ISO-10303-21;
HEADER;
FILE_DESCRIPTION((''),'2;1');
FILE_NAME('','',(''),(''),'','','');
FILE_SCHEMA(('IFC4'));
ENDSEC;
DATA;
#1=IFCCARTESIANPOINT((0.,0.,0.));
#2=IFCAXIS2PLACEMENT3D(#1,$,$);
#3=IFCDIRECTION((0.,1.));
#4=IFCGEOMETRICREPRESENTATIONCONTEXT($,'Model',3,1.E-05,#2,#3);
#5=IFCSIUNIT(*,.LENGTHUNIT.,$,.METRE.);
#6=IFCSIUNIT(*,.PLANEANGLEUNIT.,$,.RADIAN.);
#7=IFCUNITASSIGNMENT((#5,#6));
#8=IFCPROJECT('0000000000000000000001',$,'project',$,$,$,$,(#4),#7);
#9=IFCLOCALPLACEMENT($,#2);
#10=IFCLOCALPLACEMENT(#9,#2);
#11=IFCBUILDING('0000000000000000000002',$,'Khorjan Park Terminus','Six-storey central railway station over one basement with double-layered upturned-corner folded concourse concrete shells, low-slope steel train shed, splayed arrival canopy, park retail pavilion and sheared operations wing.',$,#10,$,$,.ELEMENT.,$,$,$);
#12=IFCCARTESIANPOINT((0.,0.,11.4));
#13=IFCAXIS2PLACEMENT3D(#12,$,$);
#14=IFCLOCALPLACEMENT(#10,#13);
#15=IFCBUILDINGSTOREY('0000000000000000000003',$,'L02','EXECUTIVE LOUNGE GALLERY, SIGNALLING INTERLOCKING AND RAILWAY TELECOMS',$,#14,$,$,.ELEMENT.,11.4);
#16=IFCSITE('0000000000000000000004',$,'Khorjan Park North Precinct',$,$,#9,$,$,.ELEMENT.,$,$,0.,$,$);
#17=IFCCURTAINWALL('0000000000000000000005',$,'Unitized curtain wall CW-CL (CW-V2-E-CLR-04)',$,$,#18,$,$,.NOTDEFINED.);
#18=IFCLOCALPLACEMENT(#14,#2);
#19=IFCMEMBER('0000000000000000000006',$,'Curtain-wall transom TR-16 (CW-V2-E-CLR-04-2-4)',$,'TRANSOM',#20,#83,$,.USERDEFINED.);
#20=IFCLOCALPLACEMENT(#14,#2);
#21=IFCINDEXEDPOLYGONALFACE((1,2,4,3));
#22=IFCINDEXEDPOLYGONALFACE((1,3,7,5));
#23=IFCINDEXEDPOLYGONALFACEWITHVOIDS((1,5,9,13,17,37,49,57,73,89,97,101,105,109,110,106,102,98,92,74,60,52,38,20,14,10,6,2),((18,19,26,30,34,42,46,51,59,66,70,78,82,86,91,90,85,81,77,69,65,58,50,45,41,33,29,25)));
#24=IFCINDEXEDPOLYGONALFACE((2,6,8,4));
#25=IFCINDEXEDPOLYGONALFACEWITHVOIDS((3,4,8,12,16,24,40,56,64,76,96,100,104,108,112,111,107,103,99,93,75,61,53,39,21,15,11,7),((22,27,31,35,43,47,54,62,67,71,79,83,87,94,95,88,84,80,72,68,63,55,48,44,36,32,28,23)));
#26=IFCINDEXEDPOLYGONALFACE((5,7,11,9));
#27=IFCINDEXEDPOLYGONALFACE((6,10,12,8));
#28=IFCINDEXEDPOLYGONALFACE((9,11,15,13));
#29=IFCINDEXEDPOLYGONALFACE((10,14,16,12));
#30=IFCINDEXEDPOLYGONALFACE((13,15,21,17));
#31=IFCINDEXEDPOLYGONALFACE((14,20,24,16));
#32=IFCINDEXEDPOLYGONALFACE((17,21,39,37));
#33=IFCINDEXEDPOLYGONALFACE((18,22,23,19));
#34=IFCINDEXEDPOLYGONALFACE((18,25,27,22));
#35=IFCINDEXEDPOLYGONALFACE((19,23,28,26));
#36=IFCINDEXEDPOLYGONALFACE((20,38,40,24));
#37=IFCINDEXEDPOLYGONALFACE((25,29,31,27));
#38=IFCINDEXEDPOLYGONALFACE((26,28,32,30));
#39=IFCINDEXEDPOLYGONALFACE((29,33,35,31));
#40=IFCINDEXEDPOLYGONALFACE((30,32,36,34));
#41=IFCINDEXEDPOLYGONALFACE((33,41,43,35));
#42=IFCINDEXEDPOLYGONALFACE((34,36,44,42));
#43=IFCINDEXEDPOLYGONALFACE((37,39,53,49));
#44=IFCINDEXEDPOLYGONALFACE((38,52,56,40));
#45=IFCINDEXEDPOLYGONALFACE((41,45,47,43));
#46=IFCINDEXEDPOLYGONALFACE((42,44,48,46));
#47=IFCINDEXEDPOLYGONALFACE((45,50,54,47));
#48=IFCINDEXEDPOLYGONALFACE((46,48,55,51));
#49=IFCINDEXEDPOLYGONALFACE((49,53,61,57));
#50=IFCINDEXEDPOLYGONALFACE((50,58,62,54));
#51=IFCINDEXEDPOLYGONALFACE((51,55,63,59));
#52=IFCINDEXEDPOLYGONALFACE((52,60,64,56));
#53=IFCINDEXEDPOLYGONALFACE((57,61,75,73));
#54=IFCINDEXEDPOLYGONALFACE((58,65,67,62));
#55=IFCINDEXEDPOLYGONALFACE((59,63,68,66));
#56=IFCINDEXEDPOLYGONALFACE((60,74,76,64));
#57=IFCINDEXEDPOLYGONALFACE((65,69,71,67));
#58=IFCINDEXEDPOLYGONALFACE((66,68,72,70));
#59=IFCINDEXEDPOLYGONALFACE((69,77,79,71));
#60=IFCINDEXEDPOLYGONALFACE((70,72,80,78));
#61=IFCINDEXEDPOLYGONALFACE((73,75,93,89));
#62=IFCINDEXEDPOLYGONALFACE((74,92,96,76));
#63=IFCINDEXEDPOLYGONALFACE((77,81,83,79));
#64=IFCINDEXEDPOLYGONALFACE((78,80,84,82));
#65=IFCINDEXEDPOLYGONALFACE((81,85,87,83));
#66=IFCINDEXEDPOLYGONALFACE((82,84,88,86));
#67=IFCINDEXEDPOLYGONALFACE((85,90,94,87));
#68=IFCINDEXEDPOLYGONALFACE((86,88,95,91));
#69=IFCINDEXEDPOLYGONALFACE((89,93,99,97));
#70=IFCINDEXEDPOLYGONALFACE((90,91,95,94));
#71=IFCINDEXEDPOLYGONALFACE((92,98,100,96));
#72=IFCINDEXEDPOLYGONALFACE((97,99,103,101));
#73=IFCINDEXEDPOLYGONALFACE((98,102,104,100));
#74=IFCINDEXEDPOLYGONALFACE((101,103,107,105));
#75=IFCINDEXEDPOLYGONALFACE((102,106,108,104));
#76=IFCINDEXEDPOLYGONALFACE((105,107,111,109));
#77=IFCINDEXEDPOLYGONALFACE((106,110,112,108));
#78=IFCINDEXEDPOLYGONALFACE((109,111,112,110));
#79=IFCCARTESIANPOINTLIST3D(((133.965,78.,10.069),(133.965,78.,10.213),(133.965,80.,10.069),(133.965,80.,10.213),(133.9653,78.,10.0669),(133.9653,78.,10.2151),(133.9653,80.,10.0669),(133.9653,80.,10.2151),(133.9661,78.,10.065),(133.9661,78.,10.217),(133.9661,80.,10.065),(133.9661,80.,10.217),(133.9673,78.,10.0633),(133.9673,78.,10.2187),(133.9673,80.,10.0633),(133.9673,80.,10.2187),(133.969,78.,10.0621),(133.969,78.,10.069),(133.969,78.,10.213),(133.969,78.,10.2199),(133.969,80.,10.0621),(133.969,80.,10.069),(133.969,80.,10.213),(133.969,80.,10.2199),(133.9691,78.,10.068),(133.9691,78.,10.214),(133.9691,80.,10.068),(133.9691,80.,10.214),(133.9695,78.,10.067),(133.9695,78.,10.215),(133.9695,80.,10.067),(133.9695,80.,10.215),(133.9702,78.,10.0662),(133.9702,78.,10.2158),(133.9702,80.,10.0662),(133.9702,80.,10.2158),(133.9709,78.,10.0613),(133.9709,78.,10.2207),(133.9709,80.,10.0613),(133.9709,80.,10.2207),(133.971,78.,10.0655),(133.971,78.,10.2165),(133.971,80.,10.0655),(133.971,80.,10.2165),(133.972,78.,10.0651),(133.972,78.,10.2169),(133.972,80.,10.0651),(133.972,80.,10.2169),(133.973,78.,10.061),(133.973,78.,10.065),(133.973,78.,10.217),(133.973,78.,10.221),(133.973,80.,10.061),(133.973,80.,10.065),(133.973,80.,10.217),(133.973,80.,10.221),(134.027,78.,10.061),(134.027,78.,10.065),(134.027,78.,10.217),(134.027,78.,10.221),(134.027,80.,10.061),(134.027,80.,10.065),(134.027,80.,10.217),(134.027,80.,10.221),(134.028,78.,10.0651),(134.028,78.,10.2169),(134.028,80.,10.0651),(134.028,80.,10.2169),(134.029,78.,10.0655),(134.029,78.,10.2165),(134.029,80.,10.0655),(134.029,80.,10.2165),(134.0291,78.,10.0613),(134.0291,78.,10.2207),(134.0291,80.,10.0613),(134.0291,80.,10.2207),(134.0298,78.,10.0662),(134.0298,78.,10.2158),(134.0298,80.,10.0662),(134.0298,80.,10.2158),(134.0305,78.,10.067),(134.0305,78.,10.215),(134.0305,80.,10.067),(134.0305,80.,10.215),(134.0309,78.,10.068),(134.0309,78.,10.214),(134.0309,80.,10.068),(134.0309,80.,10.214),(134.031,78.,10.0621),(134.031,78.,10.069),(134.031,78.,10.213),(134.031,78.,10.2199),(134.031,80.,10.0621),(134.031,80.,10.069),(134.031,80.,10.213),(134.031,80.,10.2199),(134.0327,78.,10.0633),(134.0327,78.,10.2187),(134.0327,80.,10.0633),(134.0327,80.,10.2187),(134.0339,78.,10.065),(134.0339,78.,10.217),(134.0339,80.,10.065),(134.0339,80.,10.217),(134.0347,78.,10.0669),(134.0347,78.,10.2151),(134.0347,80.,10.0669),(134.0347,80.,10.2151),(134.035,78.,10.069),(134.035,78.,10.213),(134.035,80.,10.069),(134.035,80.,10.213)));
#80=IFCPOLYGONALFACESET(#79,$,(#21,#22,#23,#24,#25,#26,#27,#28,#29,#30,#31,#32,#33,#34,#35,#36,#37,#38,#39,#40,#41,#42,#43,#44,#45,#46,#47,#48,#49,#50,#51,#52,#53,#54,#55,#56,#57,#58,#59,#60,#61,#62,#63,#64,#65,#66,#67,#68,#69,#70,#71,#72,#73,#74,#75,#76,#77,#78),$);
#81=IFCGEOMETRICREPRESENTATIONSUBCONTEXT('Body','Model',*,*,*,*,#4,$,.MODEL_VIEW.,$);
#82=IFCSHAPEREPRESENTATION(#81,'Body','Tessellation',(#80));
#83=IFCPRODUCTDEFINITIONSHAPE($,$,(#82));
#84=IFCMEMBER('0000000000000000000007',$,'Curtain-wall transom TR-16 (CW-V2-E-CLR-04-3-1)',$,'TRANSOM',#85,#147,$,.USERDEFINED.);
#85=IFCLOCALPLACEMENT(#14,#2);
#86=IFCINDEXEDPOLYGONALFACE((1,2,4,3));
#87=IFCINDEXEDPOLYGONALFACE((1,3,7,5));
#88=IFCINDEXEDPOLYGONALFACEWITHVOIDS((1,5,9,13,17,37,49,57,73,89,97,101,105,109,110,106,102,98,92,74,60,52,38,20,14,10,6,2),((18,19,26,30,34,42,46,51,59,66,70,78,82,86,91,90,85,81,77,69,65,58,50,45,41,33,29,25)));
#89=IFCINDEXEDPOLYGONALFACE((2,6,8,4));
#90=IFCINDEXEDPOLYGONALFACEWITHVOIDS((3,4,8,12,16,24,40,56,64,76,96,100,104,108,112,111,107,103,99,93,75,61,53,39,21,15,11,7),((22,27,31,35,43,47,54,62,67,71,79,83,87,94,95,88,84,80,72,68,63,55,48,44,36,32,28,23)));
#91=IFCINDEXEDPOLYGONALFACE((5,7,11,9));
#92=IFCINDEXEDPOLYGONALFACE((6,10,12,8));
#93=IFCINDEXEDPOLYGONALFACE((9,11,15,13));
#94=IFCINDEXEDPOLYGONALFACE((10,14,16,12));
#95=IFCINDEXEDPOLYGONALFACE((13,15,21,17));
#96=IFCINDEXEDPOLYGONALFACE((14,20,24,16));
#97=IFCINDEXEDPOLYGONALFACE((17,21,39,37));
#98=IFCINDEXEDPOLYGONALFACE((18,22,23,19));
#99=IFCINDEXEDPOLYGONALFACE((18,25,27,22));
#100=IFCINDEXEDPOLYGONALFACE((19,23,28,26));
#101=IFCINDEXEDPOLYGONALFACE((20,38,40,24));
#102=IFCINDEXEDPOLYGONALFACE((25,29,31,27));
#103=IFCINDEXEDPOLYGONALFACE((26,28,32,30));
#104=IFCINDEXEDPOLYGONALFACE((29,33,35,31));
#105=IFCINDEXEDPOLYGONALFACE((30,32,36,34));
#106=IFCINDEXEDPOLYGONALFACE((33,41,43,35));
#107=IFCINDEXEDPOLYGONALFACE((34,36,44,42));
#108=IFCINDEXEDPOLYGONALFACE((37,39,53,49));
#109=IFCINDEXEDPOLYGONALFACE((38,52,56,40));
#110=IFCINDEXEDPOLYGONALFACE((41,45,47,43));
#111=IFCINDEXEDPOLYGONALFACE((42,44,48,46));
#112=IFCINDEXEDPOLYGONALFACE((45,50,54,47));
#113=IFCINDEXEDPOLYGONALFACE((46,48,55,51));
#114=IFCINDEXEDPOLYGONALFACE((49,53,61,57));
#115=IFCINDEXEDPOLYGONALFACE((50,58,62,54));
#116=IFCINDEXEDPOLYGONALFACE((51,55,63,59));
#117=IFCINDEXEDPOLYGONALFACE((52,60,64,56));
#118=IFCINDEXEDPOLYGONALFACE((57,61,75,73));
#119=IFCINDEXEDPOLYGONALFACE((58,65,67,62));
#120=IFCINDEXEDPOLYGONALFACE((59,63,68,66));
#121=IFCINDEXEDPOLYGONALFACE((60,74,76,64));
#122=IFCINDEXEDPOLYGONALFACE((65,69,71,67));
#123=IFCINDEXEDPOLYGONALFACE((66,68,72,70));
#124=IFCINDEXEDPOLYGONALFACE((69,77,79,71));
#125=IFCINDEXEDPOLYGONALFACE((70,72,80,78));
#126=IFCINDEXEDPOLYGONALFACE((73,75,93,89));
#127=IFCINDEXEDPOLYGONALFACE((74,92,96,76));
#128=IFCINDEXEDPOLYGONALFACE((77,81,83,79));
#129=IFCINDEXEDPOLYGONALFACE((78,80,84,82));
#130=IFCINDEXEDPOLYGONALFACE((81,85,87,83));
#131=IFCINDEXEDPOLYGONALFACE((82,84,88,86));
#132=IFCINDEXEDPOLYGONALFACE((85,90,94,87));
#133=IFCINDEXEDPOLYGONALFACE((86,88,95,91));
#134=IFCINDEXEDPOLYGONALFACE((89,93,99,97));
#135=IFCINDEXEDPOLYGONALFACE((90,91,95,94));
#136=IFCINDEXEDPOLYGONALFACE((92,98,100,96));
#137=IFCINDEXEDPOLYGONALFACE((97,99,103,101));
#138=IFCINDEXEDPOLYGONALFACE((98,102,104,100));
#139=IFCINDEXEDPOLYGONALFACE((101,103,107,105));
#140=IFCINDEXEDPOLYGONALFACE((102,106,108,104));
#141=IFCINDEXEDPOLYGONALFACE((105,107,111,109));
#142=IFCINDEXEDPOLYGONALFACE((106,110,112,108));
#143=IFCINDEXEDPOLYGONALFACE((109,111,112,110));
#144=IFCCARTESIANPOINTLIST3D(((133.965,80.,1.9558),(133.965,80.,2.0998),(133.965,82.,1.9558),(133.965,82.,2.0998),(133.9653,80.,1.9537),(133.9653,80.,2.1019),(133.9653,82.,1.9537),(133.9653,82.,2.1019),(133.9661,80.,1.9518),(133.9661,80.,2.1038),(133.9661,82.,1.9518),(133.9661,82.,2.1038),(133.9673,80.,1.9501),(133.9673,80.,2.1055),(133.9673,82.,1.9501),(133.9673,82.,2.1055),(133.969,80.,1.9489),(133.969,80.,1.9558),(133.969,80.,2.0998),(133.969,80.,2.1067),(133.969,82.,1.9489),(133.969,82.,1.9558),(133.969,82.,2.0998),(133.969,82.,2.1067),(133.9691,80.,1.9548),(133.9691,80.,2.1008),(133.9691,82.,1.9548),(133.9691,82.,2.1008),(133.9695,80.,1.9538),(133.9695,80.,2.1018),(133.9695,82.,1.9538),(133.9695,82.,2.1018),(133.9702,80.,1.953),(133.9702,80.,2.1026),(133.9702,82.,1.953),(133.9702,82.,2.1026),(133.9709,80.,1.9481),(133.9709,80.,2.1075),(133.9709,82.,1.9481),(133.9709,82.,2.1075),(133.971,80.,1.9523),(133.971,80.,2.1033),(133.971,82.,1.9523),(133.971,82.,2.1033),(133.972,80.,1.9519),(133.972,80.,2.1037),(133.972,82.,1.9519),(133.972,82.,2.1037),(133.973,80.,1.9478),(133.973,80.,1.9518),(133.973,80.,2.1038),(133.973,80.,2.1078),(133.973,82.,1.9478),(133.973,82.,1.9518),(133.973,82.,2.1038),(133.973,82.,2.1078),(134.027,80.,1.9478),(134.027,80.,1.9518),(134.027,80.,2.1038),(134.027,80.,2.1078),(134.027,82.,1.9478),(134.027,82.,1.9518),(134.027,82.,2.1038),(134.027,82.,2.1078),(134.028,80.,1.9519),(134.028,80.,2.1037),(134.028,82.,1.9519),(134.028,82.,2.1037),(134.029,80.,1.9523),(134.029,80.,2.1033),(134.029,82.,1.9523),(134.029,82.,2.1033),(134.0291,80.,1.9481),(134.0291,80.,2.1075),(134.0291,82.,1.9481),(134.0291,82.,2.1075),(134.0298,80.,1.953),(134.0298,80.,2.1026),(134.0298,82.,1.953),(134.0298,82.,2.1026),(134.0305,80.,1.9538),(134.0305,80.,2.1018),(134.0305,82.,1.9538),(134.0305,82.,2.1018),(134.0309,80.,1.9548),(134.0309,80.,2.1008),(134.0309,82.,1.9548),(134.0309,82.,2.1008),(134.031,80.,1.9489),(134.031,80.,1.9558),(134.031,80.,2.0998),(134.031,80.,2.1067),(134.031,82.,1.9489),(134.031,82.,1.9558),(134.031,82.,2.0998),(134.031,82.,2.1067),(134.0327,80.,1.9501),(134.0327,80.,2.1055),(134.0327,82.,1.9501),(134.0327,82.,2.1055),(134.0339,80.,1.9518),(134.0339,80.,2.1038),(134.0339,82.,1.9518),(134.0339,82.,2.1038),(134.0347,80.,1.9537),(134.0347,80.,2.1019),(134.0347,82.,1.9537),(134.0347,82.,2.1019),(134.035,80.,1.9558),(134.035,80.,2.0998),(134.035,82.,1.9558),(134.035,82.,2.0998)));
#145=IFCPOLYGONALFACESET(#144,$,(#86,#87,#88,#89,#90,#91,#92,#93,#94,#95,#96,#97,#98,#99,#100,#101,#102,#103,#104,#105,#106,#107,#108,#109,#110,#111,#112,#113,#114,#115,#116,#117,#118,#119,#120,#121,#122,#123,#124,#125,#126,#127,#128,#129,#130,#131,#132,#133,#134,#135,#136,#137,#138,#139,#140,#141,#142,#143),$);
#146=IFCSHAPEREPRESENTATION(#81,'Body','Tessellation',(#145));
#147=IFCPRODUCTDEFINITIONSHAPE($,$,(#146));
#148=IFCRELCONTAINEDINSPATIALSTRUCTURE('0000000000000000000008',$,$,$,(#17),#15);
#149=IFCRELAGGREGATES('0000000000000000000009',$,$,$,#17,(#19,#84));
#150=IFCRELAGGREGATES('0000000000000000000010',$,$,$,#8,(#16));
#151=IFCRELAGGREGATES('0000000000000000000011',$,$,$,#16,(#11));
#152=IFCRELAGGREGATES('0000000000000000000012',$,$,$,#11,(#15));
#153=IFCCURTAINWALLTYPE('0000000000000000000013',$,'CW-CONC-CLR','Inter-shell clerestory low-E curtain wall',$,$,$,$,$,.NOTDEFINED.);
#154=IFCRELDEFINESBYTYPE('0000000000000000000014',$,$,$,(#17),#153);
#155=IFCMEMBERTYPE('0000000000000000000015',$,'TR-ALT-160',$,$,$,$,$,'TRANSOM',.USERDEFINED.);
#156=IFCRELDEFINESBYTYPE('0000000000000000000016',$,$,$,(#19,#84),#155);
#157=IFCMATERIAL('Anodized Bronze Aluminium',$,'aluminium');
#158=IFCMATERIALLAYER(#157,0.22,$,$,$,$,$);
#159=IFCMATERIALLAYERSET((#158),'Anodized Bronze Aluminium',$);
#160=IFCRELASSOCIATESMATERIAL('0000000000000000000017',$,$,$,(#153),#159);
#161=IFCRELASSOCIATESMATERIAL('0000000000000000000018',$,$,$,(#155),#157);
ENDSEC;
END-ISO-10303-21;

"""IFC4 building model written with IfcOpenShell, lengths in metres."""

from ifc_helpers import new_model, si_unit, direction, frame, origin, origin_2d, place, context, subcontext, project, spatial, hollow_rectangle, extrude, material, layer, layer_set, material_profile, profile_set, type_object, element, aggregate, save


model = new_model("IFC4")

# Units and contexts
model_context = context("Model", 3, precision=1e-05, world=origin(), true_north=direction((0.0, 1.0)))
body_context = subcontext(model_context, "Body", "Model", "MODEL_VIEW")
ifc_project = project(units=[si_unit("LENGTHUNIT", "METRE"), si_unit("PLANEANGLEUNIT", "RADIAN")], contexts=[model_context])

# Site, building, storey
site_placement = place(None, origin())
site = spatial("IfcSite", under=ifc_project, at=site_placement, Name="Khorjan Park North Precinct", CompositionType="ELEMENT", RefElevation=0.0)
building_placement = place(site_placement, origin())
building = spatial("IfcBuilding", under=site, at=building_placement, Name="Khorjan Park Terminus", Description="Six-storey central railway station over one basement with double-layered upturned-corner folded concourse concrete shells, low-slope steel train shed, splayed arrival canopy, park retail pavilion and sheared operations wing.", CompositionType="ELEMENT")
storey_placement = place(building_placement, frame((0.0, 0.0, 11.4)))
storey = spatial("IfcBuildingStorey", under=building, at=storey_placement, Name="L02", Description="EXECUTIVE LOUNGE GALLERY, SIGNALLING INTERLOCKING AND RAILWAY TELECOMS", CompositionType="ELEMENT", Elevation=11.4)

# Curtain wall, members
ifc_material_1 = material(Name="Anodized Bronze Aluminium", Category="aluminium")
ifc_layer_1 = layer(ifc_material_1, 0.22)
ifc_layer_set_1 = layer_set([ifc_layer_1], Name="Anodized Bronze Aluminium")
curtain_wall_type = type_object("IfcCurtainWallType", Name="CW-CONC-CLR", Description="Inter-shell clerestory low-E curtain wall", PredefinedType="NOTDEFINED", material=ifc_layer_set_1)
curtain_wall_placement = place(storey_placement, origin())
curtain_wall = element("IfcCurtainWall", 1, at=curtain_wall_placement, inside=storey, type_object=curtain_wall_type, Name="Unitized curtain wall CW-CL (CW-V2-E-CLR-04)", PredefinedType="NOTDEFINED")
ifc_material_profile_1 = material_profile(ifc_material_1, hollow_rectangle(XDim=0.07, YDim=0.16, WallThickness=0.004, InnerFilletRadius=0.004, OuterFilletRadius=0.008, at=origin_2d()), Name="ALT 70x160x4")
ifc_profile_set_1 = profile_set([ifc_material_profile_1], Name="Anodized Bronze Aluminium")
member_type_1 = type_object("IfcMemberType", Name="TR-ALT-160", ElementType="TRANSOM", PredefinedType="USERDEFINED", material=ifc_profile_set_1)
member_1_placement = place(storey_placement, frame((134.0, 78.0, 10.141), z_axis=(0.0, 1.0, 0.0), x_axis=(-1.0, 0.0, 0.0)))
member_1 = element("IfcMember", 2, at=member_1_placement, type_object=member_type_1, Name="Curtain-wall transom TR-16 (CW-V2-E-CLR-04-2-4)", ObjectType="TRANSOM", PredefinedType="USERDEFINED", context=body_context, shape_type="SweptSolid", body=[
    extrude(hollow_rectangle(XDim=0.07, YDim=0.16, WallThickness=0.004, InnerFilletRadius=0.004, OuterFilletRadius=0.008, at=origin_2d()), origin(), (0.0, 0.0, 1.0), 2.0),
])
member_2_placement = place(storey_placement, frame((134.0, 80.0, 2.0278), z_axis=(0.0, 1.0, 0.0), x_axis=(-1.0, 0.0, 0.0)))
member_2 = element("IfcMember", 3, at=member_2_placement, type_object=member_type_1, Name="Curtain-wall transom TR-16 (CW-V2-E-CLR-04-3-1)", ObjectType="TRANSOM", PredefinedType="USERDEFINED", context=body_context, shape_type="SweptSolid", body=[
    extrude(hollow_rectangle(XDim=0.07, YDim=0.16, WallThickness=0.004, InnerFilletRadius=0.004, OuterFilletRadius=0.008, at=origin_2d()), origin(), (0.0, 0.0, 1.0), 2.0),
])

aggregate(curtain_wall, [member_1, member_2])

save(model, "model.ifc")
